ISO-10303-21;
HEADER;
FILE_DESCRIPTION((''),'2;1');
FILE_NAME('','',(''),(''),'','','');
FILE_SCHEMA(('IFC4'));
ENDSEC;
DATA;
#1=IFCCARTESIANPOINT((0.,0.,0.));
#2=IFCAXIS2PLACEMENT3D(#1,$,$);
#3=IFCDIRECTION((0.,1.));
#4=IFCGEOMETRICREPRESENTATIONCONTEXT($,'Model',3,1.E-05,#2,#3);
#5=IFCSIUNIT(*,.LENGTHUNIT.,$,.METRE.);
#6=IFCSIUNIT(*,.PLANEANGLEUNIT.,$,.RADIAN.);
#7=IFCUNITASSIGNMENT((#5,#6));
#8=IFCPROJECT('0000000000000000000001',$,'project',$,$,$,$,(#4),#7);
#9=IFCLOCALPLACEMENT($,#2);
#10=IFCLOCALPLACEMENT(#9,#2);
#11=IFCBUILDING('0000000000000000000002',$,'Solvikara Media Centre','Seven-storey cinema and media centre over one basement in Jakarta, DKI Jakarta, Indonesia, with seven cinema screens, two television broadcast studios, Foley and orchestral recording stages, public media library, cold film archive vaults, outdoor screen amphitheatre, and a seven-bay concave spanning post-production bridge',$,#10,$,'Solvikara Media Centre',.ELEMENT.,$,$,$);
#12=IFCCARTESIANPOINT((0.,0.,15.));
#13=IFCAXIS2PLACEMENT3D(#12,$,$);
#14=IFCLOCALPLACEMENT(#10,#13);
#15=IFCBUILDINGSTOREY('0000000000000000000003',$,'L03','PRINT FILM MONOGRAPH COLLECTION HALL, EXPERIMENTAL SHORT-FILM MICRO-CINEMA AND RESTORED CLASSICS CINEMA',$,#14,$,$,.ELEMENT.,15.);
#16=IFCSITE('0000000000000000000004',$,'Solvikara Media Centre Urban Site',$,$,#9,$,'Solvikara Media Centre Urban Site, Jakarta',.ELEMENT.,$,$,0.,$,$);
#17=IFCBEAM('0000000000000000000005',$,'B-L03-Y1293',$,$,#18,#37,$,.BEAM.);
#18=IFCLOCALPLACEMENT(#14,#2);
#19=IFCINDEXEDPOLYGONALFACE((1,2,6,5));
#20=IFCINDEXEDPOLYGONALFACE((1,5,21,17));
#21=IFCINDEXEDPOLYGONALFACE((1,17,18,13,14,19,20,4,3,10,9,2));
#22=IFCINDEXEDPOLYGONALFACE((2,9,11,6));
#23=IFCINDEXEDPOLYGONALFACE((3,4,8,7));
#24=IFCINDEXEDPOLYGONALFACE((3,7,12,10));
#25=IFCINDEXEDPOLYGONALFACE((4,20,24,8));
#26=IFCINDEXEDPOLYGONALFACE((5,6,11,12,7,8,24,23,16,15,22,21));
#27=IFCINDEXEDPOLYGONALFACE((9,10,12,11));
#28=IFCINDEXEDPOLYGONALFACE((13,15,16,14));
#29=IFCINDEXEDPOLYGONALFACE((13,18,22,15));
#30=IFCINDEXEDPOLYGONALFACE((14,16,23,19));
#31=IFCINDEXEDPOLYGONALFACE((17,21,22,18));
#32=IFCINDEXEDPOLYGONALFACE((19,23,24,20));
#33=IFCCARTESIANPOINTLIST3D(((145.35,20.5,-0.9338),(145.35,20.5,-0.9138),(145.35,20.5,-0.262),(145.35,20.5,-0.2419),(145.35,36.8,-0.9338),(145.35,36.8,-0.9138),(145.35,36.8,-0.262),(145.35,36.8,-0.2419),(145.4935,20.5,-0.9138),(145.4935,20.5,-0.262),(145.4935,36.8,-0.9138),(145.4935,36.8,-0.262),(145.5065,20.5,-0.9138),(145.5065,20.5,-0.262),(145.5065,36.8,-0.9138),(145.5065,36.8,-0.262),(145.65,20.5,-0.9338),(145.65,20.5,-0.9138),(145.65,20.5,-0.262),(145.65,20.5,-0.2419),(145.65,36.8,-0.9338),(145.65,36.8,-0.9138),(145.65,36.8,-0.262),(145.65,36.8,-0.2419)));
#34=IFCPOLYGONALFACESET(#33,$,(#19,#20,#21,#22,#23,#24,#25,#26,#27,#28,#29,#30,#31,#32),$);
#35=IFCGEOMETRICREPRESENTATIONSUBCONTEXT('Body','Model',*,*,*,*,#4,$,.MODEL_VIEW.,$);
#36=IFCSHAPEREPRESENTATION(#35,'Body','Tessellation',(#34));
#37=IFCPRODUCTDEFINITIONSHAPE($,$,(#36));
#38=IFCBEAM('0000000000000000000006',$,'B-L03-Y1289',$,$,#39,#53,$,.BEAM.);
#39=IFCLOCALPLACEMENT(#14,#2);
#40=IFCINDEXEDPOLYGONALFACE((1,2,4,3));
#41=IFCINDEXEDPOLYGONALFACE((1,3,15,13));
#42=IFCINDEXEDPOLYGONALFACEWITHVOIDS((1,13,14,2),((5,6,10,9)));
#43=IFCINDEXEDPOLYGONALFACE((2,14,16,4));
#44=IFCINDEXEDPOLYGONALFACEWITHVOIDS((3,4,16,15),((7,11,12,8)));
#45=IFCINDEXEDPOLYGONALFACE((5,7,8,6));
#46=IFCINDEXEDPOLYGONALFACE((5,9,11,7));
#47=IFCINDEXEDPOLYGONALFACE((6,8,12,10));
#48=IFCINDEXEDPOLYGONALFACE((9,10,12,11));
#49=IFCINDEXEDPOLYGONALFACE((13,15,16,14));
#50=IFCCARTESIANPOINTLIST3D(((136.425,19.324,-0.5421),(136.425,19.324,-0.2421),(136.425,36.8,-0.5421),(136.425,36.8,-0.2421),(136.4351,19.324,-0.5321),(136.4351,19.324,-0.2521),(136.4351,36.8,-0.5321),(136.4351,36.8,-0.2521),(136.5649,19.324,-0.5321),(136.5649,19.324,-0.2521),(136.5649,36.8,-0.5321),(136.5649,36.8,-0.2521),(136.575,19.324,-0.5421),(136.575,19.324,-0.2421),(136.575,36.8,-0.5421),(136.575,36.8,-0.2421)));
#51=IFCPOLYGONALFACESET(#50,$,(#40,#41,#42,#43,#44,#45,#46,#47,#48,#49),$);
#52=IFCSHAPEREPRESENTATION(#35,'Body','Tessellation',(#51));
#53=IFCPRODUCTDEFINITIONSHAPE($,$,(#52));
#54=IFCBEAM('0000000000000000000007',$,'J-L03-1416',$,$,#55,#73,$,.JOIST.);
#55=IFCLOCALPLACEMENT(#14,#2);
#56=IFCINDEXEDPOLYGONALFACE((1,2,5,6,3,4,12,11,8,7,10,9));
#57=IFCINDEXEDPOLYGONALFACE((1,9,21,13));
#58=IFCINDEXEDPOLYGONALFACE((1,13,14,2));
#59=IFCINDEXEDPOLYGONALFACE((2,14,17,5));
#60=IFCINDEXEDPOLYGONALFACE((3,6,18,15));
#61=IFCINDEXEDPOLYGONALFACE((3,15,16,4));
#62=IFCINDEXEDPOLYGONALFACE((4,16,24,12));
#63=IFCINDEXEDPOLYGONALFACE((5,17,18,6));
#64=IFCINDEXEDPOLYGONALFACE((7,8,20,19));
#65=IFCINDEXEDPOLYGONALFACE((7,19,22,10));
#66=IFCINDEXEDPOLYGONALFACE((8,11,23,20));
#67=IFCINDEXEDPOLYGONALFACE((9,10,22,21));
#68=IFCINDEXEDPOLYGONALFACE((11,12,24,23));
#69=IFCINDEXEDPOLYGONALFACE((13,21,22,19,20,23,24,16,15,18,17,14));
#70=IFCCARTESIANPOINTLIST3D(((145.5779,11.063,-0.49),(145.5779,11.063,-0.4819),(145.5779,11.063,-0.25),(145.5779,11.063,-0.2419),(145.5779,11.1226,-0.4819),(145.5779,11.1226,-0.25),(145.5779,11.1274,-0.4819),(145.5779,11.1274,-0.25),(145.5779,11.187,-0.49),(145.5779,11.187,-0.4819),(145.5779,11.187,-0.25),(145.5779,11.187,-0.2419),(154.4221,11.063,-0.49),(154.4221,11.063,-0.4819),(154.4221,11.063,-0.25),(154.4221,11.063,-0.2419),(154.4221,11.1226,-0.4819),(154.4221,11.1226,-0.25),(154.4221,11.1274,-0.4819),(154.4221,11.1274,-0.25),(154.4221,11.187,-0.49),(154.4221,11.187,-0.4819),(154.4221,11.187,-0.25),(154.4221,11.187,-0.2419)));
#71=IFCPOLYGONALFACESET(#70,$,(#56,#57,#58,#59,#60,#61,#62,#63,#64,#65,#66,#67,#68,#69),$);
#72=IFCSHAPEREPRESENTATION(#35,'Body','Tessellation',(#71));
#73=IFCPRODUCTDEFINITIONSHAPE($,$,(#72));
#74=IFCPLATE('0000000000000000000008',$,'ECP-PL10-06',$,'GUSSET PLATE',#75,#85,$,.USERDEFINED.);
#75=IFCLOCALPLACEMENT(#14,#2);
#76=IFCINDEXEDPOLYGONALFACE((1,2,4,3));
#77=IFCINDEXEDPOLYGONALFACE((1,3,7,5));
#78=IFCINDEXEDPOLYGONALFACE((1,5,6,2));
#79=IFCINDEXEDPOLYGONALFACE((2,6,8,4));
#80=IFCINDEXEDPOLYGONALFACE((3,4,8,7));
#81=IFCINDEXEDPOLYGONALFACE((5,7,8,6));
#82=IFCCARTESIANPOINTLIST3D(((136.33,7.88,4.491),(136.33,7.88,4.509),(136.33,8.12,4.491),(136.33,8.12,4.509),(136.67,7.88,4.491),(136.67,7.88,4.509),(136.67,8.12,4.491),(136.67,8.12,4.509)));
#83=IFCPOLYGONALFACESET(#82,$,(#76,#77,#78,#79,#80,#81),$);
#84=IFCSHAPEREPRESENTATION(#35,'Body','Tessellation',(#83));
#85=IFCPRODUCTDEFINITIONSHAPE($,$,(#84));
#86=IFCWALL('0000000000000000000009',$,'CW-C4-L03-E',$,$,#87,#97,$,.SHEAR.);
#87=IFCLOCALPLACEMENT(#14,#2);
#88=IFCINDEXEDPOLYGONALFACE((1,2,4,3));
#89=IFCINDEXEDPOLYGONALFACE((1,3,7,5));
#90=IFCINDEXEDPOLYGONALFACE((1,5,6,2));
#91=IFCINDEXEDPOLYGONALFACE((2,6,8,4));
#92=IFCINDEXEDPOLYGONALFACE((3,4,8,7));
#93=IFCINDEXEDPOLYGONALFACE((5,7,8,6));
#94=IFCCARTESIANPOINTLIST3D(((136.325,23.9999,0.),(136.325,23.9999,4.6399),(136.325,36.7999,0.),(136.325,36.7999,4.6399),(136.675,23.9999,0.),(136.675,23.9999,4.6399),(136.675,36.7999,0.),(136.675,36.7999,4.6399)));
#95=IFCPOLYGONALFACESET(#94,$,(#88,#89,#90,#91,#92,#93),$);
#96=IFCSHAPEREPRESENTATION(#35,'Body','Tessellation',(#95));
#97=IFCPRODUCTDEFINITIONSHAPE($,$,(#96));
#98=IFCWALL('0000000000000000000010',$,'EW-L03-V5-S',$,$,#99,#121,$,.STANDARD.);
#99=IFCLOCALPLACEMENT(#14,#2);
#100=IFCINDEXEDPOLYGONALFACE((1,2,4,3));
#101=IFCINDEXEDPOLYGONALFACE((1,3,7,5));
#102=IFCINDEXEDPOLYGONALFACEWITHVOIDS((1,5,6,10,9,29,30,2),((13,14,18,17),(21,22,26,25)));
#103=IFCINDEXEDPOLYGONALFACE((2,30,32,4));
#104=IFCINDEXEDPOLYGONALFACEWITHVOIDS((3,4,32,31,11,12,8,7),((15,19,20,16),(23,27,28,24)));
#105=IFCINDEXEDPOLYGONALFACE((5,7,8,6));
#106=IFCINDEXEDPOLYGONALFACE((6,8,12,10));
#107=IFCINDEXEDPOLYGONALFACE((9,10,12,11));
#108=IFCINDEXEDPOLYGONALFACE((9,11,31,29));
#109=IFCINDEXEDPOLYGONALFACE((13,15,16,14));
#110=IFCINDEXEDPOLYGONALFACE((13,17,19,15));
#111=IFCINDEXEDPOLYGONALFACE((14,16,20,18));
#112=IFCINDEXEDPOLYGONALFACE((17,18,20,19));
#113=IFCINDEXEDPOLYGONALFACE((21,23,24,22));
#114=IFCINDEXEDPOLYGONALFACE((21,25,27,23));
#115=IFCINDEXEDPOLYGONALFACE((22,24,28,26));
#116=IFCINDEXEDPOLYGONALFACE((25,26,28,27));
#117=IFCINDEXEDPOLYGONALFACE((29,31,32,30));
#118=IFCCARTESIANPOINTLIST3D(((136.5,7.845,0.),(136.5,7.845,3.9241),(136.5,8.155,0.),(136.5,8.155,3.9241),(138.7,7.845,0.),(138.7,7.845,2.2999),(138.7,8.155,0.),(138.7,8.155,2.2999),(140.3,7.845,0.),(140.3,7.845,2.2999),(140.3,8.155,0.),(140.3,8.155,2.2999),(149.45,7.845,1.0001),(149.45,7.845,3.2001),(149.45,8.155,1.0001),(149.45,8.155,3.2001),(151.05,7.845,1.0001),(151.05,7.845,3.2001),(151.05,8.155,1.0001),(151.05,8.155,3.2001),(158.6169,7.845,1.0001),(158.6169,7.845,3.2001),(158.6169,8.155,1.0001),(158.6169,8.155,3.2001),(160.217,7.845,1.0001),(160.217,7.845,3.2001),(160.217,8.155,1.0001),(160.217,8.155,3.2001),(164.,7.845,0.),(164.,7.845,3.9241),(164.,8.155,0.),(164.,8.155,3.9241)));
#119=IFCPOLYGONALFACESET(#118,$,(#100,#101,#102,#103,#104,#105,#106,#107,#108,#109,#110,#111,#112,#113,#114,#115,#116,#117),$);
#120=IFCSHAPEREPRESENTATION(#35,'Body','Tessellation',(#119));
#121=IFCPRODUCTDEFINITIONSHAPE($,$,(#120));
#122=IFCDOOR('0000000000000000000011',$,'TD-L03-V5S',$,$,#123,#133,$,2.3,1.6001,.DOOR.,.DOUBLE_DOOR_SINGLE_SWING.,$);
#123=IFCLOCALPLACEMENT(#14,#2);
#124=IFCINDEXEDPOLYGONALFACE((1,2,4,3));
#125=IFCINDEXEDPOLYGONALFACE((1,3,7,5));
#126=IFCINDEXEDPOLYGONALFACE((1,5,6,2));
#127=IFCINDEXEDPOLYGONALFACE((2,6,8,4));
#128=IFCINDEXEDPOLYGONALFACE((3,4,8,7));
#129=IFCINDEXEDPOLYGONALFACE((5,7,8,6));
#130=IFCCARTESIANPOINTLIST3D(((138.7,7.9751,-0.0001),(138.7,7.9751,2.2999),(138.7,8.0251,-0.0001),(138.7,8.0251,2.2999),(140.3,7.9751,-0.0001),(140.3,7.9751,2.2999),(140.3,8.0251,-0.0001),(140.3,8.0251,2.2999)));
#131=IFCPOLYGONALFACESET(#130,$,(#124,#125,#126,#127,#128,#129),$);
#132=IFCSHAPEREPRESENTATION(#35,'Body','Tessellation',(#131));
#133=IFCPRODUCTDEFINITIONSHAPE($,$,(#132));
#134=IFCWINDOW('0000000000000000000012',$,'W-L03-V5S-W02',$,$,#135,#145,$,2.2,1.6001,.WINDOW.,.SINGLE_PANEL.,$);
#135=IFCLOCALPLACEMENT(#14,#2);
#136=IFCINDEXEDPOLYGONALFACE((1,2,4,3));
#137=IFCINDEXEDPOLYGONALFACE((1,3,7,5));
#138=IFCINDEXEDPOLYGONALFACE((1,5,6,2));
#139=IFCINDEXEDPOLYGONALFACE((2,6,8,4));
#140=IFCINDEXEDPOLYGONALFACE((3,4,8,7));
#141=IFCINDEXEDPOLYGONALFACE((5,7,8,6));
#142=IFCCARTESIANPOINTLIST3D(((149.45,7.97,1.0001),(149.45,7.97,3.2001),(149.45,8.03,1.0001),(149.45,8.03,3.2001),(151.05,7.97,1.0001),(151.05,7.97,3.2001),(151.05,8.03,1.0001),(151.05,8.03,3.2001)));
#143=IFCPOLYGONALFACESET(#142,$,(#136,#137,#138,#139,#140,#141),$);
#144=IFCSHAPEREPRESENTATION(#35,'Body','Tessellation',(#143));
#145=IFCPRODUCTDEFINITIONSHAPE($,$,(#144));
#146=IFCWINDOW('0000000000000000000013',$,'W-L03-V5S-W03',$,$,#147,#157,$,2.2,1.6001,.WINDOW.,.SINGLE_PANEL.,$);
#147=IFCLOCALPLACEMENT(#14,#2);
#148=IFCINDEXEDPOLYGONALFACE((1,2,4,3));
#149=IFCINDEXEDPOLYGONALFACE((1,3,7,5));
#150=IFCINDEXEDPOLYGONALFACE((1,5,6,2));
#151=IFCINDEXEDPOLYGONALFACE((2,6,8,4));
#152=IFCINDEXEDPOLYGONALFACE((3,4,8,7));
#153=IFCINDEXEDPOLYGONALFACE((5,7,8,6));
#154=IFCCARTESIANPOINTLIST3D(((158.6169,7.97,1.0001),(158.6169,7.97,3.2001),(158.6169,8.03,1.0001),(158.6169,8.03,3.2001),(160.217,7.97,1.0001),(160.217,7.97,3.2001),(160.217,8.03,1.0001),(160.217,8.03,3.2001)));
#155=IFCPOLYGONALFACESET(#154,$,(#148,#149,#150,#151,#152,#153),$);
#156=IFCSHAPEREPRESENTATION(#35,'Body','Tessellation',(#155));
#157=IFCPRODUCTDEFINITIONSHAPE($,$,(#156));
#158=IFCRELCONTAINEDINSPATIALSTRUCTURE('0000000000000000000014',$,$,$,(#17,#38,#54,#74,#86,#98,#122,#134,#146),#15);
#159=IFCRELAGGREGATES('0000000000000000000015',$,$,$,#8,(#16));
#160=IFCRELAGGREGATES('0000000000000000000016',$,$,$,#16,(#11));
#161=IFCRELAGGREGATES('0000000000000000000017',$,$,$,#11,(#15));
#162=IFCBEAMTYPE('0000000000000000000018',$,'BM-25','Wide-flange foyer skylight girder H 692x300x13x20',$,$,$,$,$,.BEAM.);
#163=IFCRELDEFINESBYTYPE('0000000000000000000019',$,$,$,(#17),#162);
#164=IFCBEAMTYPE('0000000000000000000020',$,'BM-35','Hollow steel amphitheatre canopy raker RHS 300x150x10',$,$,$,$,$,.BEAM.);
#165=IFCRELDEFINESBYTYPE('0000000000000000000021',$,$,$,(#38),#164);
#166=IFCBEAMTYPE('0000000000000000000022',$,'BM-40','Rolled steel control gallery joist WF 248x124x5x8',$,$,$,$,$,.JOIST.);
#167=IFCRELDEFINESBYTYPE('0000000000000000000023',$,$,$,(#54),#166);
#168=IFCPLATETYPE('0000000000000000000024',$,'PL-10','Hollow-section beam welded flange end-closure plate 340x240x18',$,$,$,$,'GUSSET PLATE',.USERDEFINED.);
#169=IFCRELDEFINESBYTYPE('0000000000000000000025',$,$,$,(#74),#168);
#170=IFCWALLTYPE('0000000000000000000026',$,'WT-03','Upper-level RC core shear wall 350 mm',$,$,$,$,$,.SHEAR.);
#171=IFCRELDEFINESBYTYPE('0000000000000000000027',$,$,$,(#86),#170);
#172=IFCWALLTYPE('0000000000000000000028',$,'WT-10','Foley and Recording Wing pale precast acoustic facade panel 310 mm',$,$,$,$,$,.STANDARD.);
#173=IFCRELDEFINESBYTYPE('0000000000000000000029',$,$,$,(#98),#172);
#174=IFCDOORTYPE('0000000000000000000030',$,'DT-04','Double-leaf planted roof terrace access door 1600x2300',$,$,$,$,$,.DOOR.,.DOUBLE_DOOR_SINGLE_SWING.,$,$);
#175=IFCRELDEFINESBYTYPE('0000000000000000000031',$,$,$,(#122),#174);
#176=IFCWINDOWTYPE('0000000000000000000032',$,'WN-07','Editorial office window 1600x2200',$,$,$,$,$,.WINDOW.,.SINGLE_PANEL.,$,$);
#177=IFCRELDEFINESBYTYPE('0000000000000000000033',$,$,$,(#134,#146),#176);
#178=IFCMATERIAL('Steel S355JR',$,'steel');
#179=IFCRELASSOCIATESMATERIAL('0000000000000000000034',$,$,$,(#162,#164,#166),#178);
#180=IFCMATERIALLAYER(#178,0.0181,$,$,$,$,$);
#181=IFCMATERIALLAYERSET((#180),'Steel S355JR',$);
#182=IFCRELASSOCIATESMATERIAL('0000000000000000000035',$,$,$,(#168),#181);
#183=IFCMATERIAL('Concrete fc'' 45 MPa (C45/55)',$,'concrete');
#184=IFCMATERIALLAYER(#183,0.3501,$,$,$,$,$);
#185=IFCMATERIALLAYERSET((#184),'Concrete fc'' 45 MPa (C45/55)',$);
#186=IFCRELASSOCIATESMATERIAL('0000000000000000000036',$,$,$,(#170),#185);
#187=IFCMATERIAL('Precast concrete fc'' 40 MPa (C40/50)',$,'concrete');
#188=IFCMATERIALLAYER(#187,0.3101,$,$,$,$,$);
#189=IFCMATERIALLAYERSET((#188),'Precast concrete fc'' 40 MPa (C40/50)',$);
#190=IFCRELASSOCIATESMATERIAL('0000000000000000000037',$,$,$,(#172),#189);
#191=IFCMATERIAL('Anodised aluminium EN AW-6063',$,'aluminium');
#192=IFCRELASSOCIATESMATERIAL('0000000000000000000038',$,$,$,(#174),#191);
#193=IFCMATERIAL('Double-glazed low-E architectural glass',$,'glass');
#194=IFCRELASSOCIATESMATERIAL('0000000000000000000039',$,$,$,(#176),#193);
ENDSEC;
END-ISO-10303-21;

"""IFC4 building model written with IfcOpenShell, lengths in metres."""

from ifc_helpers import new_model, si_unit, direction, frame, frame_2d, origin, origin_2d, place, context, subcontext, project, spatial, rectangle, hollow_rectangle, i_section, extrude, material, layer, layer_set, material_profile, profile_set, type_object, element, fill, save


model = new_model("IFC4")

# Units and contexts
model_context = context("Model", 3, precision=1e-05, world=origin(), true_north=direction((0.0, 1.0)))
body_context = subcontext(model_context, "Body", "Model", "MODEL_VIEW")
ifc_project = project(units=[si_unit("LENGTHUNIT", "METRE"), si_unit("PLANEANGLEUNIT", "RADIAN")], contexts=[model_context])

# Site, building, storey
site_placement = place(None, origin())
site = spatial("IfcSite", under=ifc_project, at=site_placement, Name="Solvikara Media Centre Urban Site", LongName="Solvikara Media Centre Urban Site, Jakarta", CompositionType="ELEMENT", RefElevation=0.0)
building_placement = place(site_placement, origin())
building = spatial("IfcBuilding", under=site, at=building_placement, Name="Solvikara Media Centre", Description="Seven-storey cinema and media centre over one basement in Jakarta, DKI Jakarta, Indonesia, with seven cinema screens, two television broadcast studios, Foley and orchestral recording stages, public media library, cold film archive vaults, outdoor screen amphitheatre, and a seven-bay concave spanning post-production bridge", LongName="Solvikara Media Centre", CompositionType="ELEMENT")
storey_placement = place(building_placement, frame((0.0, 0.0, 15.0)))
storey = spatial("IfcBuildingStorey", under=building, at=storey_placement, Name="L03", Description="PRINT FILM MONOGRAPH COLLECTION HALL, EXPERIMENTAL SHORT-FILM MICRO-CINEMA AND RESTORED CLASSICS CINEMA", CompositionType="ELEMENT", Elevation=15.0)

# Shared definitions
ifc_material_1 = material(Name="Concrete fc' 45 MPa (C45/55)", Category="concrete")

# Beams
ifc_material_2 = material(Name="Steel S355JR", Category="steel")
ifc_material_profile_1 = material_profile(ifc_material_2, i_section(OverallWidth=0.3, OverallDepth=0.6919, WebThickness=0.0129, FlangeThickness=0.02, at=origin_2d()), Name="H 692x300x13x20")
ifc_profile_set_1 = profile_set([ifc_material_profile_1], Name="Steel S355JR")
beam_type_1 = type_object("IfcBeamType", Name="BM-25", Description="Wide-flange foyer skylight girder H 692x300x13x20", PredefinedType="BEAM", material=ifc_profile_set_1)
beam_1_placement = place(storey_placement, frame((145.5, 20.5, -0.5879), z_axis=(0.0, 1.0, 0.0), x_axis=(-1.0, 0.0, 0.0)))
element("IfcBeam", 1, at=beam_1_placement, inside=storey, type_object=beam_type_1, Name="B-L03-Y1293", PredefinedType="BEAM", context=body_context, shape_type="SweptSolid", body=[
    extrude(i_section(OverallWidth=0.3, OverallDepth=0.6919, WebThickness=0.0129, FlangeThickness=0.02, at=origin_2d()), origin(), (0.0, 0.0, 1.0), 16.3),
])
ifc_material_profile_2 = material_profile(ifc_material_2, hollow_rectangle(XDim=0.1499, YDim=0.3, WallThickness=0.01, at=origin_2d()), Name="RHS 300x150x10")
ifc_profile_set_2 = profile_set([ifc_material_profile_2], Name="Steel S355JR")
beam_type_2 = type_object("IfcBeamType", Name="BM-35", Description="Hollow steel amphitheatre canopy raker RHS 300x150x10", PredefinedType="BEAM", material=ifc_profile_set_2)
beam_2_placement = place(storey_placement, frame((136.5, 19.324, -0.3921), z_axis=(0.0, 1.0, 0.0), x_axis=(-1.0, 0.0, 0.0)))
element("IfcBeam", 2, at=beam_2_placement, inside=storey, type_object=beam_type_2, Name="B-L03-Y1289", PredefinedType="BEAM", context=body_context, shape_type="SweptSolid", body=[
    extrude(hollow_rectangle(XDim=0.1499, YDim=0.3, WallThickness=0.01, at=origin_2d()), origin(), (0.0, 0.0, 1.0), 17.4761),
])
ifc_material_profile_3 = material_profile(ifc_material_2, i_section(OverallWidth=0.124, OverallDepth=0.248, WebThickness=0.0049, FlangeThickness=0.0081, at=origin_2d()), Name="WF 248x124x5x8")
ifc_profile_set_3 = profile_set([ifc_material_profile_3], Name="Steel S355JR")
beam_type_3 = type_object("IfcBeamType", Name="BM-40", Description="Rolled steel control gallery joist WF 248x124x5x8", PredefinedType="JOIST", material=ifc_profile_set_3)
beam_3_placement = place(storey_placement, frame((145.5779, 11.125, -0.366), z_axis=(1.0, 0.0, 0.0), x_axis=(0.0, 1.0, 0.0)))
element("IfcBeam", 3, at=beam_3_placement, inside=storey, type_object=beam_type_3, Name="J-L03-1416", PredefinedType="JOIST", context=body_context, shape_type="SweptSolid", body=[
    extrude(i_section(OverallWidth=0.124, OverallDepth=0.248, WebThickness=0.0049, FlangeThickness=0.0081, at=origin_2d()), origin(), (0.0, 0.0, 1.0), 8.8442),
])

# Plate
ifc_layer_1 = layer(ifc_material_2, 0.0181)
ifc_layer_set_1 = layer_set([ifc_layer_1], Name="Steel S355JR")
plate_type = type_object("IfcPlateType", Name="PL-10", Description="Hollow-section beam welded flange end-closure plate 340x240x18", ElementType="GUSSET PLATE", PredefinedType="USERDEFINED", material=ifc_layer_set_1)
plate_placement = place(storey_placement, frame((136.5, 8.0, 4.491), z_axis=(0.0, 0.0, 1.0), x_axis=(1.0, 0.0, 0.0)))
element("IfcPlate", 4, at=plate_placement, inside=storey, type_object=plate_type, Name="ECP-PL10-06", ObjectType="GUSSET PLATE", PredefinedType="USERDEFINED", context=body_context, shape_type="SweptSolid", body=[
    extrude(rectangle(XDim=0.3401, YDim=0.24, at=origin_2d()), origin(), (0.0, 0.0, 1.0), 0.0181),
])

# Wall
ifc_layer_2 = layer(ifc_material_1, 0.3501)
ifc_layer_set_2 = layer_set([ifc_layer_2], Name="Concrete fc' 45 MPa (C45/55)")
wall_type_1 = type_object("IfcWallType", Name="WT-03", Description="Upper-level RC core shear wall 350 mm", PredefinedType="SHEAR", material=ifc_layer_set_2)
wall_1_placement = place(storey_placement, frame((136.5, 24.0, 0.0), z_axis=(0.0, 0.0, 1.0), x_axis=(0.0, 1.0, 0.0)))
element("IfcWall", 5, at=wall_1_placement, inside=storey, type_object=wall_type_1, Name="CW-C4-L03-E", PredefinedType="SHEAR", context=body_context, shape_type="SweptSolid", body=[
    extrude(rectangle(XDim=12.8, YDim=0.3501, at=frame_2d((6.3999, 0.0))), origin(), (0.0, 0.0, 1.0), 4.6399),
])

# Wall, openings, door, windows
ifc_material_3 = material(Name="Precast concrete fc' 40 MPa (C40/50)", Category="concrete")
ifc_layer_3 = layer(ifc_material_3, 0.3101)
ifc_layer_set_3 = layer_set([ifc_layer_3], Name="Precast concrete fc' 40 MPa (C40/50)")
wall_type_2 = type_object("IfcWallType", Name="WT-10", Description="Foley and Recording Wing pale precast acoustic facade panel 310 mm", PredefinedType="STANDARD", material=ifc_layer_set_3)
wall_2_placement = place(storey_placement, frame((136.5, 8.0, 0.0), z_axis=(0.0, 0.0, 1.0), x_axis=(1.0, 0.0, 0.0)))
wall_2 = element("IfcWall", 6, at=wall_2_placement, inside=storey, type_object=wall_type_2, Name="EW-L03-V5-S", PredefinedType="STANDARD", context=body_context, shape_type="SweptSolid", body=[
    extrude(rectangle(XDim=27.5, YDim=0.3101, at=frame_2d((13.75, 0.0))), origin(), (0.0, 0.0, 1.0), 3.9241),
])
opening_1_placement = place(wall_2_placement, frame((2.2, 0.0, 0.0)))
opening_1 = element("IfcOpeningElement", 7, at=opening_1_placement, cuts=wall_2, PredefinedType="OPENING", context=body_context, shape_type="SweptSolid", body=[
    extrude(rectangle(XDim=1.6001, YDim=2.3, at=frame_2d((0.8, 1.1499))), frame((0.0, 0.167, 0.0), z_axis=(0.0, -1.0, 0.0), x_axis=(1.0, 0.0, 0.0)), (0.0, 0.0, 1.0), 0.334),
])
opening_2_placement = place(wall_2_placement, frame((12.95, 0.0, 1.0)))
opening_2 = element("IfcOpeningElement", 8, at=opening_2_placement, cuts=wall_2, PredefinedType="OPENING", context=body_context, shape_type="SweptSolid", body=[
    extrude(rectangle(XDim=1.6001, YDim=2.2, at=frame_2d((0.8, 1.1001))), frame((0.0, 0.167, 0.0), z_axis=(0.0, -1.0, 0.0), x_axis=(1.0, 0.0, 0.0)), (0.0, 0.0, 1.0), 0.334),
])
opening_3_placement = place(wall_2_placement, frame((22.1169, 0.0, 1.0)))
opening_3 = element("IfcOpeningElement", 9, at=opening_3_placement, cuts=wall_2, PredefinedType="OPENING", context=body_context, shape_type="SweptSolid", body=[
    extrude(rectangle(XDim=1.6001, YDim=2.2, at=frame_2d((0.8, 1.1001))), frame((0.0, 0.167, 0.0), z_axis=(0.0, -1.0, 0.0), x_axis=(1.0, 0.0, 0.0)), (0.0, 0.0, 1.0), 0.334),
])
ifc_material_4 = material(Name="Anodised aluminium EN AW-6063", Category="aluminium")
door_type_1 = type_object("IfcDoorType", Name="DT-04", Description="Double-leaf planted roof terrace access door 1600x2300", OperationType="DOUBLE_DOOR_SINGLE_SWING", PredefinedType="DOOR", material=ifc_material_4)
door_1_placement = place(opening_1_placement, frame((1.6001, 0.0, 0.0), z_axis=(0.0, 0.0, 1.0), x_axis=(-1.0, 0.0, 0.0)))
door_1 = element("IfcDoor", 10, at=door_1_placement, inside=storey, type_object=door_type_1, Name="TD-L03-V5S", OperationType="DOUBLE_DOOR_SINGLE_SWING", OverallHeight=2.3, OverallWidth=1.6001, PredefinedType="DOOR", context=body_context, shape_type="SweptSolid", body=[
    extrude(rectangle(XDim=1.6001, YDim=2.3, at=frame_2d((0.8, 1.1499))), frame((0.0, 0.0249, 0.0), z_axis=(0.0, -1.0, 0.0), x_axis=(1.0, 0.0, 0.0)), (0.0, 0.0, 1.0), 0.05),
])
fill(opening_1, door_1)
ifc_material_5 = material(Name="Double-glazed low-E architectural glass", Category="glass")
window_type_1 = type_object("IfcWindowType", Name="WN-07", Description="Editorial office window 1600x2200", PartitioningType="SINGLE_PANEL", PredefinedType="WINDOW", material=ifc_material_5)
window_1_placement = place(opening_2_placement, origin())
window_1 = element("IfcWindow", 11, at=window_1_placement, inside=storey, type_object=window_type_1, Name="W-L03-V5S-W02", OverallHeight=2.2, OverallWidth=1.6001, PartitioningType="SINGLE_PANEL", PredefinedType="WINDOW", context=body_context, shape_type="SweptSolid", body=[
    extrude(rectangle(XDim=1.6001, YDim=2.2, at=frame_2d((0.8, 1.1001))), frame((0.0, 0.03, 0.0), z_axis=(0.0, -1.0, 0.0), x_axis=(1.0, 0.0, 0.0)), (0.0, 0.0, 1.0), 0.0601),
])
fill(opening_2, window_1)
window_2_placement = place(opening_3_placement, origin())
window_2 = element("IfcWindow", 12, at=window_2_placement, inside=storey, type_object=window_type_1, Name="W-L03-V5S-W03", OverallHeight=2.2, OverallWidth=1.6001, PartitioningType="SINGLE_PANEL", PredefinedType="WINDOW", context=body_context, shape_type="SweptSolid", body=[
    extrude(rectangle(XDim=1.6001, YDim=2.2, at=frame_2d((0.8, 1.1001))), frame((0.0, 0.03, 0.0), z_axis=(0.0, -1.0, 0.0), x_axis=(1.0, 0.0, 0.0)), (0.0, 0.0, 1.0), 0.0601),
])
fill(opening_3, window_2)

save(model, "model.ifc")
